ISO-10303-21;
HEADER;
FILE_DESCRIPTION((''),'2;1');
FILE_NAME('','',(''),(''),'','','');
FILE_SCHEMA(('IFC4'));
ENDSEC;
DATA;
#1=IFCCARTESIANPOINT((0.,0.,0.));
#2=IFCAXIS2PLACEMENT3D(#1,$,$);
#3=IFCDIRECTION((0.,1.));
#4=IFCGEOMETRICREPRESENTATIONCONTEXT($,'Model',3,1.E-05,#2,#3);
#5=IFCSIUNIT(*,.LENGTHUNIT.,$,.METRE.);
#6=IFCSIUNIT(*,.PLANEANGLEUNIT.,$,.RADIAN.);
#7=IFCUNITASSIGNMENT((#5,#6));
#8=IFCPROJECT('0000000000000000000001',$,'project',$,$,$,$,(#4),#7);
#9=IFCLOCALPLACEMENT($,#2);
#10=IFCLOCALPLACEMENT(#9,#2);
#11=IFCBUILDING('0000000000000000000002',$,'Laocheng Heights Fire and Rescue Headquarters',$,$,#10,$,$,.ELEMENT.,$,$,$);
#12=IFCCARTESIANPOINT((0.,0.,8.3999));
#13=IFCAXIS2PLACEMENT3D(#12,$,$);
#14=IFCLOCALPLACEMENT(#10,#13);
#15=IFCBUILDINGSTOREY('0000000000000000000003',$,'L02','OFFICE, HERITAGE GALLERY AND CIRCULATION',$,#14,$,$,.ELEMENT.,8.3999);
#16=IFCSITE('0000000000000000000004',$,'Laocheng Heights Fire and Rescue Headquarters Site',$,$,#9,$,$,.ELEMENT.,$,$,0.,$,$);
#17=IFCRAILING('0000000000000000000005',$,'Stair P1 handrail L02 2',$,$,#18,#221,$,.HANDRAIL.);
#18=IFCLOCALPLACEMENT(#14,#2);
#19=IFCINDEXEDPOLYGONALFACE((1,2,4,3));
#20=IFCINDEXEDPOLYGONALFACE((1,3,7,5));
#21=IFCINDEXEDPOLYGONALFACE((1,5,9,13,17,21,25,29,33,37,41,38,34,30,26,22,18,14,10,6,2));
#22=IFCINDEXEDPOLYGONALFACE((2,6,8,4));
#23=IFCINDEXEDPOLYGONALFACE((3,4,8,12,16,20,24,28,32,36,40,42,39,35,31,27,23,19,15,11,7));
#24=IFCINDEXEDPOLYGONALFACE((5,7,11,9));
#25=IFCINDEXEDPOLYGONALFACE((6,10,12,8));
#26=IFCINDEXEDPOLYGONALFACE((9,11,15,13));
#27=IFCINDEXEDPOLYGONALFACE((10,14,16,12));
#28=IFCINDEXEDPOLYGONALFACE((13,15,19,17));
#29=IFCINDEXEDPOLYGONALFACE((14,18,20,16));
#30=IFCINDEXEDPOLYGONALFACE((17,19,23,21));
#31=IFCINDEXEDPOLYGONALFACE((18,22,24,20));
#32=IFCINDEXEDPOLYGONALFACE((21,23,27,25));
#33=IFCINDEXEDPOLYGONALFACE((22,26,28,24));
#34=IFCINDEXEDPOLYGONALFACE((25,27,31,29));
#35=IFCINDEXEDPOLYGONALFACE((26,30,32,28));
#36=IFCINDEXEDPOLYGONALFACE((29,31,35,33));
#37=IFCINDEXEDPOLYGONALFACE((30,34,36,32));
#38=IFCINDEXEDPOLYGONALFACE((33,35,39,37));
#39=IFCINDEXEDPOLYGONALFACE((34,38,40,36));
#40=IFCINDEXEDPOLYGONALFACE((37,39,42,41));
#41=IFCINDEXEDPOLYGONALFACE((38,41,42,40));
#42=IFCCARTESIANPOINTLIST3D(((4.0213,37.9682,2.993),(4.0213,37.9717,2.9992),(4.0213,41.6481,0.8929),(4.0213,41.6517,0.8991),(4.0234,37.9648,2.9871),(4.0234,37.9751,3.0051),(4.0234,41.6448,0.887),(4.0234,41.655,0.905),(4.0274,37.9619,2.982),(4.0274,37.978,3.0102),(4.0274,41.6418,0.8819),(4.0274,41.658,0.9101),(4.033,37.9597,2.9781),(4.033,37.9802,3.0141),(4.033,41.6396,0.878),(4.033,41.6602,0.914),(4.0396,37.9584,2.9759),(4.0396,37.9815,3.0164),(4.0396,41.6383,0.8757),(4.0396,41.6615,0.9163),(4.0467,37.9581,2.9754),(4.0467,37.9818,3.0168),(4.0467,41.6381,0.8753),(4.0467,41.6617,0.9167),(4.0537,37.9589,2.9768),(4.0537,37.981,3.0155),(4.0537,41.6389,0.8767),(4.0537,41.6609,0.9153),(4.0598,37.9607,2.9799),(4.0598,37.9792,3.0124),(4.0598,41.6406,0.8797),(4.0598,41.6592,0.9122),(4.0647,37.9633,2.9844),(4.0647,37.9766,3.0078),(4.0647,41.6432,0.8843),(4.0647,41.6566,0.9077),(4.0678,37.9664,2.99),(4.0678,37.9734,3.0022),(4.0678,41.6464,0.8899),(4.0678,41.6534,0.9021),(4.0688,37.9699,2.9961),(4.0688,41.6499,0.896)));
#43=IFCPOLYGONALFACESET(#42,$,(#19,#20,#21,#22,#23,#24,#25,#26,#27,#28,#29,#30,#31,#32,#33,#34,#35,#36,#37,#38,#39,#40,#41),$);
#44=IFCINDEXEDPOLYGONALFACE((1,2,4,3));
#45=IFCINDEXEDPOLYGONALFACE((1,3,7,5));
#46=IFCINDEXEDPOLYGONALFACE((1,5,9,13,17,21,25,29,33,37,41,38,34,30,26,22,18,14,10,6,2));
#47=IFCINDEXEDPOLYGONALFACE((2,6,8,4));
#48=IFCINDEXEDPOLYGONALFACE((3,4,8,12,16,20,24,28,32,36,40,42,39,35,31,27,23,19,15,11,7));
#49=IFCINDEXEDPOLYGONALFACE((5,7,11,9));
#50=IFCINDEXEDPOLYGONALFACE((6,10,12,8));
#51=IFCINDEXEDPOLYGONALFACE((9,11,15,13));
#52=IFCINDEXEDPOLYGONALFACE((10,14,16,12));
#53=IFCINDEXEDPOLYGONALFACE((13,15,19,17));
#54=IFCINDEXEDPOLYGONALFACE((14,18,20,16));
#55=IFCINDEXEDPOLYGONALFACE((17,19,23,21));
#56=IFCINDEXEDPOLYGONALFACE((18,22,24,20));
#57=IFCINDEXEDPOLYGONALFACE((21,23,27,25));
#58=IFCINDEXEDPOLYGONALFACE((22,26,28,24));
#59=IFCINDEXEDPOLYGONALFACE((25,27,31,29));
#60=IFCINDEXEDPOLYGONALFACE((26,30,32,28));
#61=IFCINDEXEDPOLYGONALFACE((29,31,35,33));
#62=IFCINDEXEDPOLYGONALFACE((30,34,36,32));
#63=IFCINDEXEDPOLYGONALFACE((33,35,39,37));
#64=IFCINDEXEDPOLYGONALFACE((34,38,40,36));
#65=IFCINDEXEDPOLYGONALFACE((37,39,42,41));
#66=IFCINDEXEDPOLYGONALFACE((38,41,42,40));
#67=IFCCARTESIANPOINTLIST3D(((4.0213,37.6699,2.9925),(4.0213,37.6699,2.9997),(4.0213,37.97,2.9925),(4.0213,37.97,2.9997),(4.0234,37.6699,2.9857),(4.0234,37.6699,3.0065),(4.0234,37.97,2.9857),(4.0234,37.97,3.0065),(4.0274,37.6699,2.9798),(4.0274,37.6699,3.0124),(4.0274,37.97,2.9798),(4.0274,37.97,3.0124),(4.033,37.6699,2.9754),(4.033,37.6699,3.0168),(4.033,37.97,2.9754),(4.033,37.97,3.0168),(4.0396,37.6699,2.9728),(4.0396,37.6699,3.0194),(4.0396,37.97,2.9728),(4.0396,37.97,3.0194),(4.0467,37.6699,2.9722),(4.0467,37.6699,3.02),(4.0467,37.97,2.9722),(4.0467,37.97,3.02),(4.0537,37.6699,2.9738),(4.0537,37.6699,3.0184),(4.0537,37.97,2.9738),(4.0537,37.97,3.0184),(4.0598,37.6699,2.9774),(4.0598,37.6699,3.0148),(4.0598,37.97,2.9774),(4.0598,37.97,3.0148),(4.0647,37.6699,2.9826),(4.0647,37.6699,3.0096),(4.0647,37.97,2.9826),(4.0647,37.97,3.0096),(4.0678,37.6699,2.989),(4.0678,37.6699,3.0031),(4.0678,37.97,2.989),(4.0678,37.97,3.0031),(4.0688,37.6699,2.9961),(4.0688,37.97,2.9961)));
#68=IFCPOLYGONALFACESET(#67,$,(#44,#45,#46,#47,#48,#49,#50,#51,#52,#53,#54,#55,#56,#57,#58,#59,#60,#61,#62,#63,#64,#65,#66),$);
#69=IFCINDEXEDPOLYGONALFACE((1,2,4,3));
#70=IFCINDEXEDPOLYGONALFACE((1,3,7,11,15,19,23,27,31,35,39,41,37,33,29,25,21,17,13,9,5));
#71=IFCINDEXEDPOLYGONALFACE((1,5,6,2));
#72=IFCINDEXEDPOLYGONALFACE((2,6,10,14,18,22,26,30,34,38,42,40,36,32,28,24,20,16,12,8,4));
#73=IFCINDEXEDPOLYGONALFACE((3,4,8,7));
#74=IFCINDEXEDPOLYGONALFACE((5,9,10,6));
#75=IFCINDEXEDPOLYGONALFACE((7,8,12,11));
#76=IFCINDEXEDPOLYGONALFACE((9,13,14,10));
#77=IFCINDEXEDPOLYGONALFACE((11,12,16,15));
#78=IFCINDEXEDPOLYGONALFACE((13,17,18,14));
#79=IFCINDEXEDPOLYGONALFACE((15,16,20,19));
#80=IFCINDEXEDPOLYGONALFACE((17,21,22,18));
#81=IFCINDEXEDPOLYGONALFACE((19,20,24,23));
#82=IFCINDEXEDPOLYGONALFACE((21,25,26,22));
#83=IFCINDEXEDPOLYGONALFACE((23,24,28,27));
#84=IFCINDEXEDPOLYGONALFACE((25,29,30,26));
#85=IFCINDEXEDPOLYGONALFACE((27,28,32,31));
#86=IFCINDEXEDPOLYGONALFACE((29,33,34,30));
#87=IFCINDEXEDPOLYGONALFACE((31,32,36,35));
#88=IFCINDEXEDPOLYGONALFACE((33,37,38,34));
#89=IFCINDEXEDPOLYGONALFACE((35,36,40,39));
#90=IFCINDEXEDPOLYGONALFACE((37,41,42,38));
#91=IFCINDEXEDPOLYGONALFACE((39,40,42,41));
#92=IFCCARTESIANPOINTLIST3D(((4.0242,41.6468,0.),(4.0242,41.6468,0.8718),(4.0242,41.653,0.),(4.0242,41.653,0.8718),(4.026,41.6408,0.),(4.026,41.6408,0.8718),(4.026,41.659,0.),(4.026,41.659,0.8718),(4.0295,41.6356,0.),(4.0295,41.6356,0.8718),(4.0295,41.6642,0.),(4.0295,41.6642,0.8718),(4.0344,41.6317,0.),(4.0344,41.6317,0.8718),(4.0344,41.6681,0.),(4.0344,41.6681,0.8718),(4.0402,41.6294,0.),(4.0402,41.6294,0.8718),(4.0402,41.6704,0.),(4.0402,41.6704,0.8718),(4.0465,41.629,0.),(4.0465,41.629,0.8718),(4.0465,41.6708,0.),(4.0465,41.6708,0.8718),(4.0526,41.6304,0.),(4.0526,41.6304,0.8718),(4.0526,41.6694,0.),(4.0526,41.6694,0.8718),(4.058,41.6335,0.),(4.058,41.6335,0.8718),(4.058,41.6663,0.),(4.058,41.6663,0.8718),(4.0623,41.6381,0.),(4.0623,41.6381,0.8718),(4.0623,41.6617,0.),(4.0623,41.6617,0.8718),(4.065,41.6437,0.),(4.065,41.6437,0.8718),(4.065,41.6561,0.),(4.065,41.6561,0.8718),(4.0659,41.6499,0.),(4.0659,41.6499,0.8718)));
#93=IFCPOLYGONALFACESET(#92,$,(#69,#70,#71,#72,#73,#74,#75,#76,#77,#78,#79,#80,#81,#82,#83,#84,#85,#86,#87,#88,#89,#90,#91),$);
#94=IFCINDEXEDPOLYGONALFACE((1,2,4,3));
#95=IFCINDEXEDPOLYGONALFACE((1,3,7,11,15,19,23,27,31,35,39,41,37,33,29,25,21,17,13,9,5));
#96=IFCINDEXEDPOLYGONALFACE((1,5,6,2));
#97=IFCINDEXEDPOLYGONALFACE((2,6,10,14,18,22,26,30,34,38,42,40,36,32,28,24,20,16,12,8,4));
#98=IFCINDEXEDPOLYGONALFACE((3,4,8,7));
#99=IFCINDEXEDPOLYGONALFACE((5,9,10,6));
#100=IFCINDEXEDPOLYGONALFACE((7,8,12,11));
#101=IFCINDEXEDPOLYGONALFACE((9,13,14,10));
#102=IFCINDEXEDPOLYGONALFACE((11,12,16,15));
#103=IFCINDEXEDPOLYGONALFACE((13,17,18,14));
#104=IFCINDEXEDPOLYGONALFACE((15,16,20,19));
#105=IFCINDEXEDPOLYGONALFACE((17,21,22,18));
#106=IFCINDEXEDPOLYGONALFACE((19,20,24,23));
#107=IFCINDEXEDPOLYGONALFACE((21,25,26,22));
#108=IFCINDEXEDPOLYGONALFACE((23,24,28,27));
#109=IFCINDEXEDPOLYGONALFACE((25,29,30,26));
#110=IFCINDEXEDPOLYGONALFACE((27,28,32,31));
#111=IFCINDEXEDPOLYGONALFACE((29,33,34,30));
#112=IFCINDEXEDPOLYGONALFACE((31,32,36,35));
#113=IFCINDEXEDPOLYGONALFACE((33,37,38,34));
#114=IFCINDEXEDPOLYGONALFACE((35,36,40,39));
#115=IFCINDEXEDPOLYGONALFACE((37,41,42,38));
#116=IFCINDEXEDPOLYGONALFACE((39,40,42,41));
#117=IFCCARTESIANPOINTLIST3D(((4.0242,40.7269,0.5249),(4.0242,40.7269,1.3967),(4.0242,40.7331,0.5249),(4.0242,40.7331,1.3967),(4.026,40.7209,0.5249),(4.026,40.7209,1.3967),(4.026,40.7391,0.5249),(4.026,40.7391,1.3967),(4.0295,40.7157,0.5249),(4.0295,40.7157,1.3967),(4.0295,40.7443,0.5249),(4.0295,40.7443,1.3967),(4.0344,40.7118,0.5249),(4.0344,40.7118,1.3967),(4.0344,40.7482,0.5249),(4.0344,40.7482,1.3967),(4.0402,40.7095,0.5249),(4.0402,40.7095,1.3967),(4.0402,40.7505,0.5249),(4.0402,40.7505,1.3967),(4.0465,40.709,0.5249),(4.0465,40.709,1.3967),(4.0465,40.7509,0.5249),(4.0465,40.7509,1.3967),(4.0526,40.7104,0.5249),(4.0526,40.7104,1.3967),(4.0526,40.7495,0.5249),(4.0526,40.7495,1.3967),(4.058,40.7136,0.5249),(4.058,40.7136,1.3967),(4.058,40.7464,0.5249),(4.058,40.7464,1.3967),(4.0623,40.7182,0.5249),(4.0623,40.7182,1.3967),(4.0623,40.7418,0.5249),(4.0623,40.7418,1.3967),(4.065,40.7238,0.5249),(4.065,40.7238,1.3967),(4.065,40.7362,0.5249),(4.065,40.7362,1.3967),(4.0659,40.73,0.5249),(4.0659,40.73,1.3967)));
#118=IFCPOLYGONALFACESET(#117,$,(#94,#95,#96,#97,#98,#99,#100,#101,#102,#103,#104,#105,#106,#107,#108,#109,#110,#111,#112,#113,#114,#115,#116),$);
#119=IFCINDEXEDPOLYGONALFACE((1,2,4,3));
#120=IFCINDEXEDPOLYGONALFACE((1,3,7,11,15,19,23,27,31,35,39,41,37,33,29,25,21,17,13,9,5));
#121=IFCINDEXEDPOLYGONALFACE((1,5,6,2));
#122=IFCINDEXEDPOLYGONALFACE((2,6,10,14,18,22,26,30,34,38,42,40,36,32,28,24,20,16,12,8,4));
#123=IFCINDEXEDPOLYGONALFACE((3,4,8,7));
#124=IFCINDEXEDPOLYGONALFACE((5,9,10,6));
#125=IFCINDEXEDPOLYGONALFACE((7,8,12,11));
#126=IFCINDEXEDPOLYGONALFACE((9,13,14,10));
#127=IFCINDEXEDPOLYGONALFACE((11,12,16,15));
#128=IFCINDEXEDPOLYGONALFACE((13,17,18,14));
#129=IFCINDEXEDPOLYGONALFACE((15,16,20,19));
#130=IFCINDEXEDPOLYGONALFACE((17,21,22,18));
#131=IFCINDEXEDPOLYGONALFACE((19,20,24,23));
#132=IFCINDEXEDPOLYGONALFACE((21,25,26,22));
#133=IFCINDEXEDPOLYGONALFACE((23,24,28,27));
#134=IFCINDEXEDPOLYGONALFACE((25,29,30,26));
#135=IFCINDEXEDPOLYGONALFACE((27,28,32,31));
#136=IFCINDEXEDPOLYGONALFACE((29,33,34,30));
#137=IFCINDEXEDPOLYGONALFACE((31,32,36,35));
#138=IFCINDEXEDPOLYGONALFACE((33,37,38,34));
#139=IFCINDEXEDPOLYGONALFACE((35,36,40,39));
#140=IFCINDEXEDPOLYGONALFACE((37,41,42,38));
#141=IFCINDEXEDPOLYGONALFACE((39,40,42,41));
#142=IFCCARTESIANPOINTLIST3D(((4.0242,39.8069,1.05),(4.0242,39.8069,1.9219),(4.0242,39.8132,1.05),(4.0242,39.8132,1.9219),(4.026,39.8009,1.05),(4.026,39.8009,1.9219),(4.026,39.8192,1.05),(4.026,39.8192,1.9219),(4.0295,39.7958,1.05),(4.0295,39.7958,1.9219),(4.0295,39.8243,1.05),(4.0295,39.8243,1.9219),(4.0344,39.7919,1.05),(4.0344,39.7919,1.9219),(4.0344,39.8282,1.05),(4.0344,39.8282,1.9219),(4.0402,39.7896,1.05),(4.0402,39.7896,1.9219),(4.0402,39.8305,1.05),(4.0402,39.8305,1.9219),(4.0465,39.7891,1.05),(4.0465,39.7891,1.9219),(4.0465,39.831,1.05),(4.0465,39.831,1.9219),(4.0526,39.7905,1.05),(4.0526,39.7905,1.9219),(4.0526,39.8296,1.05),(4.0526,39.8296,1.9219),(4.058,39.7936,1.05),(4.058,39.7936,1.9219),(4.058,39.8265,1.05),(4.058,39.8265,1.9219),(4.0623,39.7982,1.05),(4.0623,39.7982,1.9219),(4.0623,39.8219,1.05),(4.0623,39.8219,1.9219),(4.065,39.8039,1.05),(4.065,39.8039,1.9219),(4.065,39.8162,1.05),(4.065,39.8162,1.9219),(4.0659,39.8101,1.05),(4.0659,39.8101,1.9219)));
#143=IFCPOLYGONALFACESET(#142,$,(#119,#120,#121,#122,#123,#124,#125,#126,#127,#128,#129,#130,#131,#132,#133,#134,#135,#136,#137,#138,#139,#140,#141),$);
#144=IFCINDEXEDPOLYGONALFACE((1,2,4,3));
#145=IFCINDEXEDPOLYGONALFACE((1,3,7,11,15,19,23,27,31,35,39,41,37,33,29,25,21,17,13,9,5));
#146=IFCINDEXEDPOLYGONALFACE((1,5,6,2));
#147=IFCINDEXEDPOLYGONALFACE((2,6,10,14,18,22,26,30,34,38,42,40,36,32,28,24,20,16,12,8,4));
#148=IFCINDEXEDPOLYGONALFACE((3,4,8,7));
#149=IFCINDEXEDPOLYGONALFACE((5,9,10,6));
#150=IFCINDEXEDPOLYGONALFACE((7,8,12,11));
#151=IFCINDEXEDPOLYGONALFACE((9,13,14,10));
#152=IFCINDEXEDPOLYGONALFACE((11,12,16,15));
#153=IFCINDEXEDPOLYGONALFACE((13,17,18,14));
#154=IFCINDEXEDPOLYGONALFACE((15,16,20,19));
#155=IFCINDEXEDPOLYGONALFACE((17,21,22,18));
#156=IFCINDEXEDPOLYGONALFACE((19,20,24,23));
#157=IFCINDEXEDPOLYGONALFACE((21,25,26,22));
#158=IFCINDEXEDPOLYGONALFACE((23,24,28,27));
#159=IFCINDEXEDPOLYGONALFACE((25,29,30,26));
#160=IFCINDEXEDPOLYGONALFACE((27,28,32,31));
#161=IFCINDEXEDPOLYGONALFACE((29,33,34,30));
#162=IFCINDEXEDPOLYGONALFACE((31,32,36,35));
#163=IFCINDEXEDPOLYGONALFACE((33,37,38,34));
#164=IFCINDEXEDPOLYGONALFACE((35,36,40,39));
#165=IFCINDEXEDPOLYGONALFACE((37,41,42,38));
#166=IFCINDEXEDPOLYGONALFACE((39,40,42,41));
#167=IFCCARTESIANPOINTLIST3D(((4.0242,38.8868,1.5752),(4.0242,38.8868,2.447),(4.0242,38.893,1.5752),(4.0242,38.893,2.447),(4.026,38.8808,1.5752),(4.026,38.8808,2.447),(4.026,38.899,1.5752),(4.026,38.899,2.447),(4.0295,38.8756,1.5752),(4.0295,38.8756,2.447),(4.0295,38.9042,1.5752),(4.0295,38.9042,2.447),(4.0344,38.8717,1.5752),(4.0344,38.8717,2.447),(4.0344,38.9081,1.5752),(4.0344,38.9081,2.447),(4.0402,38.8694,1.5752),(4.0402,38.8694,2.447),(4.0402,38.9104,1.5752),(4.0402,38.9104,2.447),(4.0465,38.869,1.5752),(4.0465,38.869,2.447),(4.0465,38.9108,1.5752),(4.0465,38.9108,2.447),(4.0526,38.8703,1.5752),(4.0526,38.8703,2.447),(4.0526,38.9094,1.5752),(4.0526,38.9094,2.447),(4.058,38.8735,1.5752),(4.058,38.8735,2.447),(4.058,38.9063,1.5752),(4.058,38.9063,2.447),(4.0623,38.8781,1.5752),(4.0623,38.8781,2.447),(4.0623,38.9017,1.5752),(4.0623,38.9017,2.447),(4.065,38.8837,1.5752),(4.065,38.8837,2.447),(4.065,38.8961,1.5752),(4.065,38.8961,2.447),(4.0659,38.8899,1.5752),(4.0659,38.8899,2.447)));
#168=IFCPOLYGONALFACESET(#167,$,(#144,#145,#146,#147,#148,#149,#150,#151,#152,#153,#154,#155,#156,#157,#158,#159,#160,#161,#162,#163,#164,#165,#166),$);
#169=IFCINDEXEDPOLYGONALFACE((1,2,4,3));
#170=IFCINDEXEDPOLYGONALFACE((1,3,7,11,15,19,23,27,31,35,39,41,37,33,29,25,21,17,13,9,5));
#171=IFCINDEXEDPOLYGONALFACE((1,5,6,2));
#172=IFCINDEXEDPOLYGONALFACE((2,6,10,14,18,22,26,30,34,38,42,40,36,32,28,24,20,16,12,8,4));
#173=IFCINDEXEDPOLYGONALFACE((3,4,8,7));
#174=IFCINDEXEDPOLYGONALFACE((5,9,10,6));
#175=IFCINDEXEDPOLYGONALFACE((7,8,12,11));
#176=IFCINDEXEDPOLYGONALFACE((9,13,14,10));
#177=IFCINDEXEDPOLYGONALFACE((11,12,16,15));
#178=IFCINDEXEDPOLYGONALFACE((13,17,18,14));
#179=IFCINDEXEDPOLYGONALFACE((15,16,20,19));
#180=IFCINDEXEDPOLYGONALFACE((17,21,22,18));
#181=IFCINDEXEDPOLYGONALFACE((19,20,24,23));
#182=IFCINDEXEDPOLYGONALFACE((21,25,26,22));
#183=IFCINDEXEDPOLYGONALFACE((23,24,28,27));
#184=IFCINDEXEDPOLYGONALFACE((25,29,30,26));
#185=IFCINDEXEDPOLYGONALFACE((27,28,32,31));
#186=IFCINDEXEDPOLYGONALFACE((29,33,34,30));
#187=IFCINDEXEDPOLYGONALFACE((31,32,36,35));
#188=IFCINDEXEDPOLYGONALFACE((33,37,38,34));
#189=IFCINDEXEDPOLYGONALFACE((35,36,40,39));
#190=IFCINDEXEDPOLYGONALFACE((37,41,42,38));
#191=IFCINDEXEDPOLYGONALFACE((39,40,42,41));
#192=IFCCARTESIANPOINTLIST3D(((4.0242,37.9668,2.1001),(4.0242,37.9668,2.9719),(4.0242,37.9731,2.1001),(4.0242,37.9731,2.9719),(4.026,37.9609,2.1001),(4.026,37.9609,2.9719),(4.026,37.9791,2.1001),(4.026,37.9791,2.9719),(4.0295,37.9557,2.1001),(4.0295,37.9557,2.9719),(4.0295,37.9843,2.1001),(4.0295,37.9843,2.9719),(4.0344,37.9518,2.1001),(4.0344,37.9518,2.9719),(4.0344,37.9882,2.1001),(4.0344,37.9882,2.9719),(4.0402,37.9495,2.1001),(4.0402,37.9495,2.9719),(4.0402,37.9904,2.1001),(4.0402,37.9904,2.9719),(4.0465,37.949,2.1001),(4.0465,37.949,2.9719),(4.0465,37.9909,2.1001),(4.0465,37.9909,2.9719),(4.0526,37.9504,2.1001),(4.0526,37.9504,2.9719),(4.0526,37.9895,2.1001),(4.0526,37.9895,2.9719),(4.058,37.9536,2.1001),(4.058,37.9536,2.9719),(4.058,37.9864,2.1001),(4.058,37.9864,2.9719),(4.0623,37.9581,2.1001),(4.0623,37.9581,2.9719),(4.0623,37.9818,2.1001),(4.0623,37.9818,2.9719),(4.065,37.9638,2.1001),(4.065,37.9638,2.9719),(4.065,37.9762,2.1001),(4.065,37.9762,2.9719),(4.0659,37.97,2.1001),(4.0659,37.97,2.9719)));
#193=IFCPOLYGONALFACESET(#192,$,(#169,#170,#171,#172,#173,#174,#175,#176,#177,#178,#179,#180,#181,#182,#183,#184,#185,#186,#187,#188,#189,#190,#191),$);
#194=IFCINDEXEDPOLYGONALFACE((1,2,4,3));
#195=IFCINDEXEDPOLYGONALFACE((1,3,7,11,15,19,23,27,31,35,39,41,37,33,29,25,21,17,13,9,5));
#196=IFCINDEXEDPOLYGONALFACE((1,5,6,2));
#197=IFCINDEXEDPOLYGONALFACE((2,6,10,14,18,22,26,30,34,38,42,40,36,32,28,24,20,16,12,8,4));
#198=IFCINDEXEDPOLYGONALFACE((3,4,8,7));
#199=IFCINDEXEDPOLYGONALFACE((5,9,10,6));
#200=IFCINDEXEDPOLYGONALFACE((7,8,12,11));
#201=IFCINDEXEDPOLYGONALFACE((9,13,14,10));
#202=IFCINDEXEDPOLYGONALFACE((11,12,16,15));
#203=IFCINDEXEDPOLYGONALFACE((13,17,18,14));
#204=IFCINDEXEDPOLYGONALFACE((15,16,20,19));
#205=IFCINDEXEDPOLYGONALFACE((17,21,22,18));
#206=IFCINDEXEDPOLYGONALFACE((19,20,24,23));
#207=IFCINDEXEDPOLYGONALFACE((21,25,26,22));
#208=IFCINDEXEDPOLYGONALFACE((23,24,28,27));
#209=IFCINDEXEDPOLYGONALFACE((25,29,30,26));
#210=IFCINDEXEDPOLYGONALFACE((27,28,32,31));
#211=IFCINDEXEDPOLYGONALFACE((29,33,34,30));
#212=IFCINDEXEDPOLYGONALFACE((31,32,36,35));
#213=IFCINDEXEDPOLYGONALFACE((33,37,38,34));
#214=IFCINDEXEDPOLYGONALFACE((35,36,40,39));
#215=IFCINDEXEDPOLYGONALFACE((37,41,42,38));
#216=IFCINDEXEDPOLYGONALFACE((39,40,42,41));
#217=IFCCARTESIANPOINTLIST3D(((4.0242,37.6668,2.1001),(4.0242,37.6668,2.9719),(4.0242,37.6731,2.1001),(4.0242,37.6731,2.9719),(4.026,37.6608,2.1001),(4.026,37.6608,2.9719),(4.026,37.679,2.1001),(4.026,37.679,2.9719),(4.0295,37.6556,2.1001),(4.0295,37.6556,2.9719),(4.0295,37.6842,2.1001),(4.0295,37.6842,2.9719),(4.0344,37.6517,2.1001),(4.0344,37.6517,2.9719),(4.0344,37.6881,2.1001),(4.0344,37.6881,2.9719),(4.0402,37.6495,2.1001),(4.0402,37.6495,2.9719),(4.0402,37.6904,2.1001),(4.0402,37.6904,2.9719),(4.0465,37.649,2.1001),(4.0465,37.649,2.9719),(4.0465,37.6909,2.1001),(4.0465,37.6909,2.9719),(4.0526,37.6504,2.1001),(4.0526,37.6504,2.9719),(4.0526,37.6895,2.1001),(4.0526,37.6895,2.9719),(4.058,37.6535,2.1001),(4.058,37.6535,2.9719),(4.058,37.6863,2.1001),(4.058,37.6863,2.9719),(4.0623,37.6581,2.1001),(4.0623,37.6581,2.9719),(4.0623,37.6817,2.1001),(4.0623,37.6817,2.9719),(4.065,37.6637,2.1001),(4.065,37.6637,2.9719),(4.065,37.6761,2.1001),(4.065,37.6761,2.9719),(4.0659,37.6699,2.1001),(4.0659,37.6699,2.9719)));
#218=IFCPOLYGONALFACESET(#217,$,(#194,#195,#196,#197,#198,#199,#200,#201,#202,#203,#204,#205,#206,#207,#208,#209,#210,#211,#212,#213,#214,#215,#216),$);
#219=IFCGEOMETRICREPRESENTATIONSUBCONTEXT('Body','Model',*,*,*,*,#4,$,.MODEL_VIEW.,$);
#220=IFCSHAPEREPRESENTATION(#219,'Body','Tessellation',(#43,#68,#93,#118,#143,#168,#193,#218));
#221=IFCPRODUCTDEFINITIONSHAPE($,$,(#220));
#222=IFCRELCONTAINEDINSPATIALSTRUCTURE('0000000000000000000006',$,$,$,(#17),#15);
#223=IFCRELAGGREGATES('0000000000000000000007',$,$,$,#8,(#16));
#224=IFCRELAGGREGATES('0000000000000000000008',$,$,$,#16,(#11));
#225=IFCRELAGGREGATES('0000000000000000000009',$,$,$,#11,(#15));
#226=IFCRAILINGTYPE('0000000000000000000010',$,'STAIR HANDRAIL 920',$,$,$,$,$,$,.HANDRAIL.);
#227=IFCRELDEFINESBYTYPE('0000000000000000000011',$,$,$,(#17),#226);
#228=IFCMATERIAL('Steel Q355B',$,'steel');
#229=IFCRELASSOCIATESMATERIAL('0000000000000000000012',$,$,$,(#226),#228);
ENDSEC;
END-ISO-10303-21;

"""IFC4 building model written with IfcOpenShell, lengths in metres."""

from ifc_helpers import new_model, si_unit, direction, frame, origin, origin_2d, place, context, subcontext, project, spatial, circle, extrude, material, type_object, element, save


model = new_model("IFC4")

# Units and contexts
model_context = context("Model", 3, precision=1e-05, world=origin(), true_north=direction((0.0, 1.0)))
body_context = subcontext(model_context, "Body", "Model", "MODEL_VIEW")
ifc_project = project(units=[si_unit("LENGTHUNIT", "METRE"), si_unit("PLANEANGLEUNIT", "RADIAN")], contexts=[model_context])

# Site, building, storey
site_placement = place(None, origin())
site = spatial("IfcSite", under=ifc_project, at=site_placement, Name="Laocheng Heights Fire and Rescue Headquarters Site", CompositionType="ELEMENT", RefElevation=0.0)
building_placement = place(site_placement, origin())
building = spatial("IfcBuilding", under=site, at=building_placement, Name="Laocheng Heights Fire and Rescue Headquarters", CompositionType="ELEMENT")
storey_placement = place(building_placement, frame((0.0, 0.0, 8.3999)))
storey = spatial("IfcBuildingStorey", under=building, at=storey_placement, Name="L02", Description="OFFICE, HERITAGE GALLERY AND CIRCULATION", CompositionType="ELEMENT", Elevation=8.3999)

# Railing
ifc_material_1 = material(Name="Steel Q355B", Category="steel")
railing_type_1 = type_object("IfcRailingType", Name="STAIR HANDRAIL 920", PredefinedType="HANDRAIL", material=ifc_material_1)
railing_1_placement = place(storey_placement, frame((4.0449, 41.6499, 0.0)))
element("IfcRailing", 1, at=railing_1_placement, inside=storey, type_object=railing_type_1, Name="Stair P1 handrail L02 2", PredefinedType="HANDRAIL", context=body_context, shape_type="SweptSolid", body=[
    extrude(circle(Radius=0.0239, at=origin_2d()), frame((0.0, 0.0, 0.896), z_axis=(0.0, -0.86852, 0.495655), x_axis=(1.0, 0.0, 0.0)), (0.0, 0.0, 1.0), 4.2371),
    extrude(circle(Radius=0.0239, at=origin_2d()), frame((0.0, -3.6799, 2.9961), z_axis=(0.0, -1.0, 0.0), x_axis=(1.0, 0.0, 0.0)), (0.0, 0.0, 1.0), 0.3),
    extrude(circle(Radius=0.021, at=origin_2d()), origin(), (0.0, 0.0, 1.0), 0.8718),
    extrude(circle(Radius=0.021, at=origin_2d()), frame((0.0, -0.9199, 0.5249)), (0.0, 0.0, 1.0), 0.8718),
    extrude(circle(Radius=0.021, at=origin_2d()), frame((0.0, -1.8398, 1.05)), (0.0, 0.0, 1.0), 0.8718),
    extrude(circle(Radius=0.021, at=origin_2d()), frame((0.0, -2.76, 1.5752)), (0.0, 0.0, 1.0), 0.8718),
    extrude(circle(Radius=0.021, at=origin_2d()), frame((0.0, -3.6799, 2.1001)), (0.0, 0.0, 1.0), 0.8718),
    extrude(circle(Radius=0.021, at=origin_2d()), frame((0.0, -3.98, 2.1001)), (0.0, 0.0, 1.0), 0.8718),
])

save(model, "model.ifc")
